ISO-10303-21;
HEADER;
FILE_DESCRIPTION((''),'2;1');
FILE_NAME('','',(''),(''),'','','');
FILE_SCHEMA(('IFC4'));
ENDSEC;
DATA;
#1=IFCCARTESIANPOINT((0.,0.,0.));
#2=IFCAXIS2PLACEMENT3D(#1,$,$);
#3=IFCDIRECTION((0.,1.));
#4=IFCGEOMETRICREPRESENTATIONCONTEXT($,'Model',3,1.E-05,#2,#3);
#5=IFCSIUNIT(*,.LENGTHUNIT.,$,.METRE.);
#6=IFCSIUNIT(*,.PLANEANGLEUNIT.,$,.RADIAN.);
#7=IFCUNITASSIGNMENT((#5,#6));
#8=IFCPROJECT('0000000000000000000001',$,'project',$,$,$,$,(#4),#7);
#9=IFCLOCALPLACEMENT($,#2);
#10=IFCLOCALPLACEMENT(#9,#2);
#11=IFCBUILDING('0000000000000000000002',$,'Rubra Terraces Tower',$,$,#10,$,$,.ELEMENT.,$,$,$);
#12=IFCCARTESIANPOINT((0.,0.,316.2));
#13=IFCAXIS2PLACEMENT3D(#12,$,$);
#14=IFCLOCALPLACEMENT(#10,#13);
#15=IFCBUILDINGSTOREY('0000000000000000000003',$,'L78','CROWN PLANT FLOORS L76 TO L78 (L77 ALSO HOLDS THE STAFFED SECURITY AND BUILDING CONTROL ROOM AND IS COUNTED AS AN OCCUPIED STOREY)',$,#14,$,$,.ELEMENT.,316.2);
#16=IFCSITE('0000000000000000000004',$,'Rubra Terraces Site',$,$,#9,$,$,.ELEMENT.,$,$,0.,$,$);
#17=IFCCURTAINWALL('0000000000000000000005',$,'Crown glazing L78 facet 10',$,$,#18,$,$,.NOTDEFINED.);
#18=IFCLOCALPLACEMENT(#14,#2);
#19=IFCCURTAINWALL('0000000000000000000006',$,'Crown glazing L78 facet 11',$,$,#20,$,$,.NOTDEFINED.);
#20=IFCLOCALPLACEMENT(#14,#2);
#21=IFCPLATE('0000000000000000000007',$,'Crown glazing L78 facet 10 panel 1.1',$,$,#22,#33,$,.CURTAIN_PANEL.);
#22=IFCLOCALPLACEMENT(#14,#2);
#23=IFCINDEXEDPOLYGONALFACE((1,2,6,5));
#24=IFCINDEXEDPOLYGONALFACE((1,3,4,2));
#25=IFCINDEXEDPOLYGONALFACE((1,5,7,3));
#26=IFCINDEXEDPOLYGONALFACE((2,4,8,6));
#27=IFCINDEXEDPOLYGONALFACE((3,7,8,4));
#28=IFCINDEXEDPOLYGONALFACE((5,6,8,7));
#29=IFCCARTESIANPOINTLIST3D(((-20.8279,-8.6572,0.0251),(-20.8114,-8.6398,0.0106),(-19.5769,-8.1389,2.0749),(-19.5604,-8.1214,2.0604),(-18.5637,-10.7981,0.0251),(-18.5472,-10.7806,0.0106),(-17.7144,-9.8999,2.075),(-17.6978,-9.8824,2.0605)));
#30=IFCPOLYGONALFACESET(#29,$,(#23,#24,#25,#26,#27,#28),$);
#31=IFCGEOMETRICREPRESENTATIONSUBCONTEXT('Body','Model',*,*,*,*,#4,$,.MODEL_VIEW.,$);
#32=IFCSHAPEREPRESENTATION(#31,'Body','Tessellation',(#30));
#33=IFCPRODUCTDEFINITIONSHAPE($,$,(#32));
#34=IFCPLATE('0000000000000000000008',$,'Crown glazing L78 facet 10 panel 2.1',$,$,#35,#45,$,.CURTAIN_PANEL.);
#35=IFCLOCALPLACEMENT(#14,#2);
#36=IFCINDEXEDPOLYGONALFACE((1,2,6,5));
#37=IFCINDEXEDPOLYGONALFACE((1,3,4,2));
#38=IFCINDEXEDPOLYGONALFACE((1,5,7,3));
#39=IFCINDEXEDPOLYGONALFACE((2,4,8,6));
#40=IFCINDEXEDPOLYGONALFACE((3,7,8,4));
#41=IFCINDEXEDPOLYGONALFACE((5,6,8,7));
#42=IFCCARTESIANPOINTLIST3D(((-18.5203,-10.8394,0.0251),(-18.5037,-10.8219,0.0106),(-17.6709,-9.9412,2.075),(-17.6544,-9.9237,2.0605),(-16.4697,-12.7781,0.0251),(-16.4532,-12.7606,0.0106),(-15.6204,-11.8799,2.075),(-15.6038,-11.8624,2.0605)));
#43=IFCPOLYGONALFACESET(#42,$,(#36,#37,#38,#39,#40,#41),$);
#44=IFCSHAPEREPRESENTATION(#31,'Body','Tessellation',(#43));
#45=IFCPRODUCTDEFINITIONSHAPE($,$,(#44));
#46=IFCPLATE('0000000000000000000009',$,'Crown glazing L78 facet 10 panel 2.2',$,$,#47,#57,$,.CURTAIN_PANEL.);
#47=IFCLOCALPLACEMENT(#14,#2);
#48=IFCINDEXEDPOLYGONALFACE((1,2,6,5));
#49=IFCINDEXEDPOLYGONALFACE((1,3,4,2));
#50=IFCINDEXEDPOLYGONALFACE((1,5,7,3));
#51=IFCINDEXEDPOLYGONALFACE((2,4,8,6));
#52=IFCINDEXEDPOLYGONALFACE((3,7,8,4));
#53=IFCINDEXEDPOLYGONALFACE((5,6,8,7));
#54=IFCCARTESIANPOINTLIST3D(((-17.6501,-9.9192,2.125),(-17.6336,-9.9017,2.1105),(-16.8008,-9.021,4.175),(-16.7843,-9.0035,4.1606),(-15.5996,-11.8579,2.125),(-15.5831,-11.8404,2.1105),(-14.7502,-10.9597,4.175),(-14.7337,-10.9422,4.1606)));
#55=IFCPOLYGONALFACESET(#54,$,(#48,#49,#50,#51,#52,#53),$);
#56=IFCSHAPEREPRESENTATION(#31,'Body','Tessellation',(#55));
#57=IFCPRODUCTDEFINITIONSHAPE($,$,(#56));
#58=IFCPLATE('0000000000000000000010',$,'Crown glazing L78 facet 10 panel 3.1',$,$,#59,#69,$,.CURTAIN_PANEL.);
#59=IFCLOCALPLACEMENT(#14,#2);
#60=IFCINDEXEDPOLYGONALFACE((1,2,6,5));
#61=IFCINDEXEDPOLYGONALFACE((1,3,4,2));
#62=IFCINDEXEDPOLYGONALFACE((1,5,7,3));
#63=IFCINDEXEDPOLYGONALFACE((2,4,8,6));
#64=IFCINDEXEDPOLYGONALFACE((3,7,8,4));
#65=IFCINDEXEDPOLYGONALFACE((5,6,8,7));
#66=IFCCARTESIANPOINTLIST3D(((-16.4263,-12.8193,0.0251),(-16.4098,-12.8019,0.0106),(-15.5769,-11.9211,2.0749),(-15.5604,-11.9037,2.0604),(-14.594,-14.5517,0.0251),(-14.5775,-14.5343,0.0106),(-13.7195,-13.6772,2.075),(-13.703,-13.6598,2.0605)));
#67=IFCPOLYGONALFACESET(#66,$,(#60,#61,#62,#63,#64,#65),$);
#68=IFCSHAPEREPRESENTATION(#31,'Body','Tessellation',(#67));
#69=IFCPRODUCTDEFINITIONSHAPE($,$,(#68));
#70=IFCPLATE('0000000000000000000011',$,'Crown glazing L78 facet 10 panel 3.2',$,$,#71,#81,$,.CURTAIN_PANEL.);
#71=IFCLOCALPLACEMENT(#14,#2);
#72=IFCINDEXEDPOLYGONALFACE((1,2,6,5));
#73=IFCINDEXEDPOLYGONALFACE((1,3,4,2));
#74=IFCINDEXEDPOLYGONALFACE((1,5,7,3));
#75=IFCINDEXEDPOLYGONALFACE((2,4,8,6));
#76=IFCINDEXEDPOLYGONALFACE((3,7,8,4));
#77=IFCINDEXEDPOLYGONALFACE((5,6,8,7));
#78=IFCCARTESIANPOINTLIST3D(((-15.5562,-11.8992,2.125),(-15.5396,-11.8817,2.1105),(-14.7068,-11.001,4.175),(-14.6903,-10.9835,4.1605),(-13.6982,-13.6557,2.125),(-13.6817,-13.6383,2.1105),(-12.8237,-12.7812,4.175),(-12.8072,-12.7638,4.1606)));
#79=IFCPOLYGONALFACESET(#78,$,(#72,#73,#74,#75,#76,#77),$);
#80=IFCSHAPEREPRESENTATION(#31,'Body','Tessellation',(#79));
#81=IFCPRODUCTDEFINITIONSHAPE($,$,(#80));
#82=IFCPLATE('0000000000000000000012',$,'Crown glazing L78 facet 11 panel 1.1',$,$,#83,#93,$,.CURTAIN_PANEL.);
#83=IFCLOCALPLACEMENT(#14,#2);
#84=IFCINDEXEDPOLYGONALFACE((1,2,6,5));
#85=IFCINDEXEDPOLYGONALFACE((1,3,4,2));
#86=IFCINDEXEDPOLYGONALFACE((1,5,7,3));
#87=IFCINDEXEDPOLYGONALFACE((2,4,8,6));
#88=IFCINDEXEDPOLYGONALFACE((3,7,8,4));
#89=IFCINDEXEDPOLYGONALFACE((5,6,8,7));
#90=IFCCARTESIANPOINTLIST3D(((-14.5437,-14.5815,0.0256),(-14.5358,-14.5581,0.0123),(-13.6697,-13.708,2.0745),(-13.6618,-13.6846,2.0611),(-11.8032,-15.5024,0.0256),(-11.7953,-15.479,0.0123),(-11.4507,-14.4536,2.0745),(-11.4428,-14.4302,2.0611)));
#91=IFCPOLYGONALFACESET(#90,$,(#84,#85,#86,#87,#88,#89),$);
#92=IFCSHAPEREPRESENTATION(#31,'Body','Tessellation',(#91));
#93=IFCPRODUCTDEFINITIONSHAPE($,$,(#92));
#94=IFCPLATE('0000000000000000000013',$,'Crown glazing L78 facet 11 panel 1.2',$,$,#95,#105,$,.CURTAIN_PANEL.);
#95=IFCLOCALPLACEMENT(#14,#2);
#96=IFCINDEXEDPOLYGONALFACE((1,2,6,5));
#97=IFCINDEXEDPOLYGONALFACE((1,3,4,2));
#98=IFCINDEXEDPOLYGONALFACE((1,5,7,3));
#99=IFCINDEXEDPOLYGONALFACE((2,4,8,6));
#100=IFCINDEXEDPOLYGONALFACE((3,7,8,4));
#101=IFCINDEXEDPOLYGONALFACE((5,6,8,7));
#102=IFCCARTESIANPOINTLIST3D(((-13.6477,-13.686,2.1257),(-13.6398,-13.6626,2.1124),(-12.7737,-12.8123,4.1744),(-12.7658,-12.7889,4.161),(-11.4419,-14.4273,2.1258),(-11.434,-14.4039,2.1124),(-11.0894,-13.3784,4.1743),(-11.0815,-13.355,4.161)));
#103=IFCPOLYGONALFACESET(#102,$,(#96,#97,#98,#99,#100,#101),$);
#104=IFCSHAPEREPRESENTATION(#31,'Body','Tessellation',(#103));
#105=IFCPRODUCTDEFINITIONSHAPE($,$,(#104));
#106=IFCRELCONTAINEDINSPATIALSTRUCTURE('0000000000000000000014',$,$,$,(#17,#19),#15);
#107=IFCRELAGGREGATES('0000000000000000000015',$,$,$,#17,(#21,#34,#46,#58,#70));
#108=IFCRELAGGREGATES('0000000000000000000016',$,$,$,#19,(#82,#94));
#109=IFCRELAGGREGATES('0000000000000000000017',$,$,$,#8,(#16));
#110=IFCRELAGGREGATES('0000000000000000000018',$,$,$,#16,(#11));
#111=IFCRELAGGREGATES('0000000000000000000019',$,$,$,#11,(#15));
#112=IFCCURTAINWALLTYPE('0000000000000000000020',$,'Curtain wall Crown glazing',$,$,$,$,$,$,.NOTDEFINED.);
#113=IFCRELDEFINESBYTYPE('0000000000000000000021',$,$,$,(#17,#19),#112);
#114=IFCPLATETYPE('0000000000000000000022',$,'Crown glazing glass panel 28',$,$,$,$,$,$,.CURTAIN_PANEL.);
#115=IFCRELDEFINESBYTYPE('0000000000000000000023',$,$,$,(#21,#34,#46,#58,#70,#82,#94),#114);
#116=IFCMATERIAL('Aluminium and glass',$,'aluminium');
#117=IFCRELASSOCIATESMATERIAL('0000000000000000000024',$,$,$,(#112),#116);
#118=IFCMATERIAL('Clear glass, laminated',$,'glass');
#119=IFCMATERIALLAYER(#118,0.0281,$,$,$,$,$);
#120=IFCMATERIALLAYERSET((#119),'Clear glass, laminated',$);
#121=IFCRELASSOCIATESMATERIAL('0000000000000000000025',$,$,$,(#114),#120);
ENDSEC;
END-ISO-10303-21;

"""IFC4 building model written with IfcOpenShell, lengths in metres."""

from ifc_helpers import new_model, si_unit, direction, frame, origin, place, context, subcontext, project, spatial, polyline, outline, extrude, material, layer, layer_set, type_object, element, aggregate, save


model = new_model("IFC4")

# Units and contexts
model_context = context("Model", 3, precision=1e-05, world=origin(), true_north=direction((0.0, 1.0)))
body_context = subcontext(model_context, "Body", "Model", "MODEL_VIEW")
ifc_project = project(units=[si_unit("LENGTHUNIT", "METRE"), si_unit("PLANEANGLEUNIT", "RADIAN")], contexts=[model_context])

# Site, building, storey
site_placement = place(None, origin())
site = spatial("IfcSite", under=ifc_project, at=site_placement, Name="Rubra Terraces Site", CompositionType="ELEMENT", RefElevation=0.0)
building_placement = place(site_placement, origin())
building = spatial("IfcBuilding", under=site, at=building_placement, Name="Rubra Terraces Tower", CompositionType="ELEMENT")
storey_placement = place(building_placement, frame((0.0, 0.0, 316.2)))
storey = spatial("IfcBuildingStorey", under=building, at=storey_placement, Name="L78", Description="CROWN PLANT FLOORS L76 TO L78 (L77 ALSO HOLDS THE STAFFED SECURITY AND BUILDING CONTROL ROOM AND IS COUNTED AS AN OCCUPIED STOREY)", CompositionType="ELEMENT", Elevation=316.2)

# Curtain walls
ifc_material_1 = material(Name="Aluminium and glass", Category="aluminium")
curtain_wall_type = type_object("IfcCurtainWallType", Name="Curtain wall Crown glazing", PredefinedType="NOTDEFINED", material=ifc_material_1)
curtain_wall_1_placement = place(storey_placement, origin())
curtain_wall_1 = element("IfcCurtainWall", 1, at=curtain_wall_1_placement, inside=storey, type_object=curtain_wall_type, Name="Crown glazing L78 facet 10", PredefinedType="NOTDEFINED")
curtain_wall_2_placement = place(storey_placement, origin())
curtain_wall_2 = element("IfcCurtainWall", 2, at=curtain_wall_2_placement, inside=storey, type_object=curtain_wall_type, Name="Crown glazing L78 facet 11", PredefinedType="NOTDEFINED")

# Plates
ifc_material_2 = material(Name="Clear glass, laminated", Category="glass")
ifc_layer = layer(ifc_material_2, 0.0281)
ifc_layer_set = layer_set([ifc_layer], Name="Clear glass, laminated")
plate_type = type_object("IfcPlateType", Name="Crown glazing glass panel 28", PredefinedType="CURTAIN_PANEL", material=ifc_layer_set)
plate_1_placement = place(storey_placement, frame((-20.8279, -8.6572, 0.0251), z_axis=(-0.588333, -0.622237, 0.516416), x_axis=(0.726622, -0.687037, -0.000008)))
plate_1 = element("IfcPlate", 3, at=plate_1_placement, type_object=plate_type, Name="Crown glazing L78 facet 10 panel 1.1", PredefinedType="CURTAIN_PANEL", context=body_context, shape_type="SweptSolid", body=[
    extrude(outline(polyline([(0.0, 0.0), (3.116, 0.0), (3.1161, 2.3937), (0.5529, 2.3937), (0.0, 0.0)])), origin(), (0.0, 0.0, -1.0), 0.0281),
])
plate_2_placement = place(storey_placement, frame((-18.5203, -10.8394, 0.0251), z_axis=(-0.588312, -0.622243, 0.516433), x_axis=(0.726641, -0.687017, 0.0)))
plate_2 = element("IfcPlate", 4, at=plate_2_placement, type_object=plate_type, Name="Crown glazing L78 facet 10 panel 2.1", PredefinedType="CURTAIN_PANEL", context=body_context, shape_type="SweptSolid", body=[
    extrude(outline(polyline([(0.0, 0.0), (2.8219, 0.0), (2.822, 2.3937), (0.0001, 2.3937), (0.0, 0.0)])), origin(), (0.0, 0.0, -1.0), 0.0281),
])
plate_3_placement = place(storey_placement, frame((-17.6501, -9.9192, 2.125), z_axis=(-0.588331, -0.622263, 0.516388), x_axis=(0.726641, -0.687017, 0.0)))
plate_3 = element("IfcPlate", 5, at=plate_3_placement, type_object=plate_type, Name="Crown glazing L78 facet 10 panel 2.2", PredefinedType="CURTAIN_PANEL", context=body_context, shape_type="SweptSolid", body=[
    extrude(outline(polyline([(0.0, 0.0), (2.8219, 0.0), (2.822, 2.3939), (0.0001, 2.3939), (0.0, 0.0)])), origin(), (0.0, 0.0, -1.0), 0.0281),
])
plate_4_placement = place(storey_placement, frame((-16.4263, -12.8193, 0.0251), z_axis=(-0.58831, -0.622236, 0.516443), x_axis=(0.726636, -0.687023, -0.000006)))
plate_4 = element("IfcPlate", 6, at=plate_4_placement, type_object=plate_type, Name="Crown glazing L78 facet 10 panel 3.1", PredefinedType="CURTAIN_PANEL", context=body_context, shape_type="SweptSolid", body=[
    extrude(outline(polyline([(0.0, 0.0), (2.5216, 0.0), (2.5562, 2.3938), (0.0001, 2.3937), (0.0, 0.0)])), origin(), (0.0, 0.0, -1.0), 0.0281),
])
plate_5_placement = place(storey_placement, frame((-15.5562, -11.8992, 2.125), z_axis=(-0.588317, -0.622267, 0.516398), x_axis=(0.726649, -0.687009, -0.000006)))
plate_5 = element("IfcPlate", 7, at=plate_5_placement, type_object=plate_type, Name="Crown glazing L78 facet 10 panel 3.2", PredefinedType="CURTAIN_PANEL", context=body_context, shape_type="SweptSolid", body=[
    extrude(outline(polyline([(0.0, 0.0), (2.5568, 0.0), (2.5915, 2.394), (0.0001, 2.3939), (0.0, 0.0)])), origin(), (0.0, 0.0, -1.0), 0.0281),
])
aggregate(curtain_wall_1, [plate_1, plate_2, plate_3, plate_4, plate_5])
plate_6_placement = place(storey_placement, frame((-14.5437, -14.5815, 0.0256), z_axis=(-0.280264, -0.834059, 0.475181), x_axis=(0.947915, -0.318525, -0.000004)))
plate_6 = element("IfcPlate", 8, at=plate_6_placement, type_object=plate_type, Name="Crown glazing L78 facet 11 panel 1.1", PredefinedType="CURTAIN_PANEL", context=body_context, shape_type="SweptSolid", body=[
    extrude(outline(polyline([(0.0, 0.0), (2.8911, 0.0), (2.8912, 2.3285), (0.5502, 2.3285), (0.0, 0.0)])), origin(), (0.0, 0.0, -1.0), 0.0281),
])
plate_7_placement = place(storey_placement, frame((-13.6477, -13.686, 2.1257), z_axis=(-0.280287, -0.834003, 0.475267), x_axis=(0.947904, -0.318556, 0.000018)))
plate_7 = element("IfcPlate", 9, at=plate_7_placement, type_object=plate_type, Name="Crown glazing L78 facet 11 panel 1.2", PredefinedType="CURTAIN_PANEL", context=body_context, shape_type="SweptSolid", body=[
    extrude(outline(polyline([(0.0, 0.0), (2.327, 0.0), (2.3271, 2.3283), (0.5502, 2.3284), (0.0, 0.0)])), origin(), (0.0, 0.0, -1.0), 0.0281),
])
aggregate(curtain_wall_2, [plate_6, plate_7])

save(model, "model.ifc")
